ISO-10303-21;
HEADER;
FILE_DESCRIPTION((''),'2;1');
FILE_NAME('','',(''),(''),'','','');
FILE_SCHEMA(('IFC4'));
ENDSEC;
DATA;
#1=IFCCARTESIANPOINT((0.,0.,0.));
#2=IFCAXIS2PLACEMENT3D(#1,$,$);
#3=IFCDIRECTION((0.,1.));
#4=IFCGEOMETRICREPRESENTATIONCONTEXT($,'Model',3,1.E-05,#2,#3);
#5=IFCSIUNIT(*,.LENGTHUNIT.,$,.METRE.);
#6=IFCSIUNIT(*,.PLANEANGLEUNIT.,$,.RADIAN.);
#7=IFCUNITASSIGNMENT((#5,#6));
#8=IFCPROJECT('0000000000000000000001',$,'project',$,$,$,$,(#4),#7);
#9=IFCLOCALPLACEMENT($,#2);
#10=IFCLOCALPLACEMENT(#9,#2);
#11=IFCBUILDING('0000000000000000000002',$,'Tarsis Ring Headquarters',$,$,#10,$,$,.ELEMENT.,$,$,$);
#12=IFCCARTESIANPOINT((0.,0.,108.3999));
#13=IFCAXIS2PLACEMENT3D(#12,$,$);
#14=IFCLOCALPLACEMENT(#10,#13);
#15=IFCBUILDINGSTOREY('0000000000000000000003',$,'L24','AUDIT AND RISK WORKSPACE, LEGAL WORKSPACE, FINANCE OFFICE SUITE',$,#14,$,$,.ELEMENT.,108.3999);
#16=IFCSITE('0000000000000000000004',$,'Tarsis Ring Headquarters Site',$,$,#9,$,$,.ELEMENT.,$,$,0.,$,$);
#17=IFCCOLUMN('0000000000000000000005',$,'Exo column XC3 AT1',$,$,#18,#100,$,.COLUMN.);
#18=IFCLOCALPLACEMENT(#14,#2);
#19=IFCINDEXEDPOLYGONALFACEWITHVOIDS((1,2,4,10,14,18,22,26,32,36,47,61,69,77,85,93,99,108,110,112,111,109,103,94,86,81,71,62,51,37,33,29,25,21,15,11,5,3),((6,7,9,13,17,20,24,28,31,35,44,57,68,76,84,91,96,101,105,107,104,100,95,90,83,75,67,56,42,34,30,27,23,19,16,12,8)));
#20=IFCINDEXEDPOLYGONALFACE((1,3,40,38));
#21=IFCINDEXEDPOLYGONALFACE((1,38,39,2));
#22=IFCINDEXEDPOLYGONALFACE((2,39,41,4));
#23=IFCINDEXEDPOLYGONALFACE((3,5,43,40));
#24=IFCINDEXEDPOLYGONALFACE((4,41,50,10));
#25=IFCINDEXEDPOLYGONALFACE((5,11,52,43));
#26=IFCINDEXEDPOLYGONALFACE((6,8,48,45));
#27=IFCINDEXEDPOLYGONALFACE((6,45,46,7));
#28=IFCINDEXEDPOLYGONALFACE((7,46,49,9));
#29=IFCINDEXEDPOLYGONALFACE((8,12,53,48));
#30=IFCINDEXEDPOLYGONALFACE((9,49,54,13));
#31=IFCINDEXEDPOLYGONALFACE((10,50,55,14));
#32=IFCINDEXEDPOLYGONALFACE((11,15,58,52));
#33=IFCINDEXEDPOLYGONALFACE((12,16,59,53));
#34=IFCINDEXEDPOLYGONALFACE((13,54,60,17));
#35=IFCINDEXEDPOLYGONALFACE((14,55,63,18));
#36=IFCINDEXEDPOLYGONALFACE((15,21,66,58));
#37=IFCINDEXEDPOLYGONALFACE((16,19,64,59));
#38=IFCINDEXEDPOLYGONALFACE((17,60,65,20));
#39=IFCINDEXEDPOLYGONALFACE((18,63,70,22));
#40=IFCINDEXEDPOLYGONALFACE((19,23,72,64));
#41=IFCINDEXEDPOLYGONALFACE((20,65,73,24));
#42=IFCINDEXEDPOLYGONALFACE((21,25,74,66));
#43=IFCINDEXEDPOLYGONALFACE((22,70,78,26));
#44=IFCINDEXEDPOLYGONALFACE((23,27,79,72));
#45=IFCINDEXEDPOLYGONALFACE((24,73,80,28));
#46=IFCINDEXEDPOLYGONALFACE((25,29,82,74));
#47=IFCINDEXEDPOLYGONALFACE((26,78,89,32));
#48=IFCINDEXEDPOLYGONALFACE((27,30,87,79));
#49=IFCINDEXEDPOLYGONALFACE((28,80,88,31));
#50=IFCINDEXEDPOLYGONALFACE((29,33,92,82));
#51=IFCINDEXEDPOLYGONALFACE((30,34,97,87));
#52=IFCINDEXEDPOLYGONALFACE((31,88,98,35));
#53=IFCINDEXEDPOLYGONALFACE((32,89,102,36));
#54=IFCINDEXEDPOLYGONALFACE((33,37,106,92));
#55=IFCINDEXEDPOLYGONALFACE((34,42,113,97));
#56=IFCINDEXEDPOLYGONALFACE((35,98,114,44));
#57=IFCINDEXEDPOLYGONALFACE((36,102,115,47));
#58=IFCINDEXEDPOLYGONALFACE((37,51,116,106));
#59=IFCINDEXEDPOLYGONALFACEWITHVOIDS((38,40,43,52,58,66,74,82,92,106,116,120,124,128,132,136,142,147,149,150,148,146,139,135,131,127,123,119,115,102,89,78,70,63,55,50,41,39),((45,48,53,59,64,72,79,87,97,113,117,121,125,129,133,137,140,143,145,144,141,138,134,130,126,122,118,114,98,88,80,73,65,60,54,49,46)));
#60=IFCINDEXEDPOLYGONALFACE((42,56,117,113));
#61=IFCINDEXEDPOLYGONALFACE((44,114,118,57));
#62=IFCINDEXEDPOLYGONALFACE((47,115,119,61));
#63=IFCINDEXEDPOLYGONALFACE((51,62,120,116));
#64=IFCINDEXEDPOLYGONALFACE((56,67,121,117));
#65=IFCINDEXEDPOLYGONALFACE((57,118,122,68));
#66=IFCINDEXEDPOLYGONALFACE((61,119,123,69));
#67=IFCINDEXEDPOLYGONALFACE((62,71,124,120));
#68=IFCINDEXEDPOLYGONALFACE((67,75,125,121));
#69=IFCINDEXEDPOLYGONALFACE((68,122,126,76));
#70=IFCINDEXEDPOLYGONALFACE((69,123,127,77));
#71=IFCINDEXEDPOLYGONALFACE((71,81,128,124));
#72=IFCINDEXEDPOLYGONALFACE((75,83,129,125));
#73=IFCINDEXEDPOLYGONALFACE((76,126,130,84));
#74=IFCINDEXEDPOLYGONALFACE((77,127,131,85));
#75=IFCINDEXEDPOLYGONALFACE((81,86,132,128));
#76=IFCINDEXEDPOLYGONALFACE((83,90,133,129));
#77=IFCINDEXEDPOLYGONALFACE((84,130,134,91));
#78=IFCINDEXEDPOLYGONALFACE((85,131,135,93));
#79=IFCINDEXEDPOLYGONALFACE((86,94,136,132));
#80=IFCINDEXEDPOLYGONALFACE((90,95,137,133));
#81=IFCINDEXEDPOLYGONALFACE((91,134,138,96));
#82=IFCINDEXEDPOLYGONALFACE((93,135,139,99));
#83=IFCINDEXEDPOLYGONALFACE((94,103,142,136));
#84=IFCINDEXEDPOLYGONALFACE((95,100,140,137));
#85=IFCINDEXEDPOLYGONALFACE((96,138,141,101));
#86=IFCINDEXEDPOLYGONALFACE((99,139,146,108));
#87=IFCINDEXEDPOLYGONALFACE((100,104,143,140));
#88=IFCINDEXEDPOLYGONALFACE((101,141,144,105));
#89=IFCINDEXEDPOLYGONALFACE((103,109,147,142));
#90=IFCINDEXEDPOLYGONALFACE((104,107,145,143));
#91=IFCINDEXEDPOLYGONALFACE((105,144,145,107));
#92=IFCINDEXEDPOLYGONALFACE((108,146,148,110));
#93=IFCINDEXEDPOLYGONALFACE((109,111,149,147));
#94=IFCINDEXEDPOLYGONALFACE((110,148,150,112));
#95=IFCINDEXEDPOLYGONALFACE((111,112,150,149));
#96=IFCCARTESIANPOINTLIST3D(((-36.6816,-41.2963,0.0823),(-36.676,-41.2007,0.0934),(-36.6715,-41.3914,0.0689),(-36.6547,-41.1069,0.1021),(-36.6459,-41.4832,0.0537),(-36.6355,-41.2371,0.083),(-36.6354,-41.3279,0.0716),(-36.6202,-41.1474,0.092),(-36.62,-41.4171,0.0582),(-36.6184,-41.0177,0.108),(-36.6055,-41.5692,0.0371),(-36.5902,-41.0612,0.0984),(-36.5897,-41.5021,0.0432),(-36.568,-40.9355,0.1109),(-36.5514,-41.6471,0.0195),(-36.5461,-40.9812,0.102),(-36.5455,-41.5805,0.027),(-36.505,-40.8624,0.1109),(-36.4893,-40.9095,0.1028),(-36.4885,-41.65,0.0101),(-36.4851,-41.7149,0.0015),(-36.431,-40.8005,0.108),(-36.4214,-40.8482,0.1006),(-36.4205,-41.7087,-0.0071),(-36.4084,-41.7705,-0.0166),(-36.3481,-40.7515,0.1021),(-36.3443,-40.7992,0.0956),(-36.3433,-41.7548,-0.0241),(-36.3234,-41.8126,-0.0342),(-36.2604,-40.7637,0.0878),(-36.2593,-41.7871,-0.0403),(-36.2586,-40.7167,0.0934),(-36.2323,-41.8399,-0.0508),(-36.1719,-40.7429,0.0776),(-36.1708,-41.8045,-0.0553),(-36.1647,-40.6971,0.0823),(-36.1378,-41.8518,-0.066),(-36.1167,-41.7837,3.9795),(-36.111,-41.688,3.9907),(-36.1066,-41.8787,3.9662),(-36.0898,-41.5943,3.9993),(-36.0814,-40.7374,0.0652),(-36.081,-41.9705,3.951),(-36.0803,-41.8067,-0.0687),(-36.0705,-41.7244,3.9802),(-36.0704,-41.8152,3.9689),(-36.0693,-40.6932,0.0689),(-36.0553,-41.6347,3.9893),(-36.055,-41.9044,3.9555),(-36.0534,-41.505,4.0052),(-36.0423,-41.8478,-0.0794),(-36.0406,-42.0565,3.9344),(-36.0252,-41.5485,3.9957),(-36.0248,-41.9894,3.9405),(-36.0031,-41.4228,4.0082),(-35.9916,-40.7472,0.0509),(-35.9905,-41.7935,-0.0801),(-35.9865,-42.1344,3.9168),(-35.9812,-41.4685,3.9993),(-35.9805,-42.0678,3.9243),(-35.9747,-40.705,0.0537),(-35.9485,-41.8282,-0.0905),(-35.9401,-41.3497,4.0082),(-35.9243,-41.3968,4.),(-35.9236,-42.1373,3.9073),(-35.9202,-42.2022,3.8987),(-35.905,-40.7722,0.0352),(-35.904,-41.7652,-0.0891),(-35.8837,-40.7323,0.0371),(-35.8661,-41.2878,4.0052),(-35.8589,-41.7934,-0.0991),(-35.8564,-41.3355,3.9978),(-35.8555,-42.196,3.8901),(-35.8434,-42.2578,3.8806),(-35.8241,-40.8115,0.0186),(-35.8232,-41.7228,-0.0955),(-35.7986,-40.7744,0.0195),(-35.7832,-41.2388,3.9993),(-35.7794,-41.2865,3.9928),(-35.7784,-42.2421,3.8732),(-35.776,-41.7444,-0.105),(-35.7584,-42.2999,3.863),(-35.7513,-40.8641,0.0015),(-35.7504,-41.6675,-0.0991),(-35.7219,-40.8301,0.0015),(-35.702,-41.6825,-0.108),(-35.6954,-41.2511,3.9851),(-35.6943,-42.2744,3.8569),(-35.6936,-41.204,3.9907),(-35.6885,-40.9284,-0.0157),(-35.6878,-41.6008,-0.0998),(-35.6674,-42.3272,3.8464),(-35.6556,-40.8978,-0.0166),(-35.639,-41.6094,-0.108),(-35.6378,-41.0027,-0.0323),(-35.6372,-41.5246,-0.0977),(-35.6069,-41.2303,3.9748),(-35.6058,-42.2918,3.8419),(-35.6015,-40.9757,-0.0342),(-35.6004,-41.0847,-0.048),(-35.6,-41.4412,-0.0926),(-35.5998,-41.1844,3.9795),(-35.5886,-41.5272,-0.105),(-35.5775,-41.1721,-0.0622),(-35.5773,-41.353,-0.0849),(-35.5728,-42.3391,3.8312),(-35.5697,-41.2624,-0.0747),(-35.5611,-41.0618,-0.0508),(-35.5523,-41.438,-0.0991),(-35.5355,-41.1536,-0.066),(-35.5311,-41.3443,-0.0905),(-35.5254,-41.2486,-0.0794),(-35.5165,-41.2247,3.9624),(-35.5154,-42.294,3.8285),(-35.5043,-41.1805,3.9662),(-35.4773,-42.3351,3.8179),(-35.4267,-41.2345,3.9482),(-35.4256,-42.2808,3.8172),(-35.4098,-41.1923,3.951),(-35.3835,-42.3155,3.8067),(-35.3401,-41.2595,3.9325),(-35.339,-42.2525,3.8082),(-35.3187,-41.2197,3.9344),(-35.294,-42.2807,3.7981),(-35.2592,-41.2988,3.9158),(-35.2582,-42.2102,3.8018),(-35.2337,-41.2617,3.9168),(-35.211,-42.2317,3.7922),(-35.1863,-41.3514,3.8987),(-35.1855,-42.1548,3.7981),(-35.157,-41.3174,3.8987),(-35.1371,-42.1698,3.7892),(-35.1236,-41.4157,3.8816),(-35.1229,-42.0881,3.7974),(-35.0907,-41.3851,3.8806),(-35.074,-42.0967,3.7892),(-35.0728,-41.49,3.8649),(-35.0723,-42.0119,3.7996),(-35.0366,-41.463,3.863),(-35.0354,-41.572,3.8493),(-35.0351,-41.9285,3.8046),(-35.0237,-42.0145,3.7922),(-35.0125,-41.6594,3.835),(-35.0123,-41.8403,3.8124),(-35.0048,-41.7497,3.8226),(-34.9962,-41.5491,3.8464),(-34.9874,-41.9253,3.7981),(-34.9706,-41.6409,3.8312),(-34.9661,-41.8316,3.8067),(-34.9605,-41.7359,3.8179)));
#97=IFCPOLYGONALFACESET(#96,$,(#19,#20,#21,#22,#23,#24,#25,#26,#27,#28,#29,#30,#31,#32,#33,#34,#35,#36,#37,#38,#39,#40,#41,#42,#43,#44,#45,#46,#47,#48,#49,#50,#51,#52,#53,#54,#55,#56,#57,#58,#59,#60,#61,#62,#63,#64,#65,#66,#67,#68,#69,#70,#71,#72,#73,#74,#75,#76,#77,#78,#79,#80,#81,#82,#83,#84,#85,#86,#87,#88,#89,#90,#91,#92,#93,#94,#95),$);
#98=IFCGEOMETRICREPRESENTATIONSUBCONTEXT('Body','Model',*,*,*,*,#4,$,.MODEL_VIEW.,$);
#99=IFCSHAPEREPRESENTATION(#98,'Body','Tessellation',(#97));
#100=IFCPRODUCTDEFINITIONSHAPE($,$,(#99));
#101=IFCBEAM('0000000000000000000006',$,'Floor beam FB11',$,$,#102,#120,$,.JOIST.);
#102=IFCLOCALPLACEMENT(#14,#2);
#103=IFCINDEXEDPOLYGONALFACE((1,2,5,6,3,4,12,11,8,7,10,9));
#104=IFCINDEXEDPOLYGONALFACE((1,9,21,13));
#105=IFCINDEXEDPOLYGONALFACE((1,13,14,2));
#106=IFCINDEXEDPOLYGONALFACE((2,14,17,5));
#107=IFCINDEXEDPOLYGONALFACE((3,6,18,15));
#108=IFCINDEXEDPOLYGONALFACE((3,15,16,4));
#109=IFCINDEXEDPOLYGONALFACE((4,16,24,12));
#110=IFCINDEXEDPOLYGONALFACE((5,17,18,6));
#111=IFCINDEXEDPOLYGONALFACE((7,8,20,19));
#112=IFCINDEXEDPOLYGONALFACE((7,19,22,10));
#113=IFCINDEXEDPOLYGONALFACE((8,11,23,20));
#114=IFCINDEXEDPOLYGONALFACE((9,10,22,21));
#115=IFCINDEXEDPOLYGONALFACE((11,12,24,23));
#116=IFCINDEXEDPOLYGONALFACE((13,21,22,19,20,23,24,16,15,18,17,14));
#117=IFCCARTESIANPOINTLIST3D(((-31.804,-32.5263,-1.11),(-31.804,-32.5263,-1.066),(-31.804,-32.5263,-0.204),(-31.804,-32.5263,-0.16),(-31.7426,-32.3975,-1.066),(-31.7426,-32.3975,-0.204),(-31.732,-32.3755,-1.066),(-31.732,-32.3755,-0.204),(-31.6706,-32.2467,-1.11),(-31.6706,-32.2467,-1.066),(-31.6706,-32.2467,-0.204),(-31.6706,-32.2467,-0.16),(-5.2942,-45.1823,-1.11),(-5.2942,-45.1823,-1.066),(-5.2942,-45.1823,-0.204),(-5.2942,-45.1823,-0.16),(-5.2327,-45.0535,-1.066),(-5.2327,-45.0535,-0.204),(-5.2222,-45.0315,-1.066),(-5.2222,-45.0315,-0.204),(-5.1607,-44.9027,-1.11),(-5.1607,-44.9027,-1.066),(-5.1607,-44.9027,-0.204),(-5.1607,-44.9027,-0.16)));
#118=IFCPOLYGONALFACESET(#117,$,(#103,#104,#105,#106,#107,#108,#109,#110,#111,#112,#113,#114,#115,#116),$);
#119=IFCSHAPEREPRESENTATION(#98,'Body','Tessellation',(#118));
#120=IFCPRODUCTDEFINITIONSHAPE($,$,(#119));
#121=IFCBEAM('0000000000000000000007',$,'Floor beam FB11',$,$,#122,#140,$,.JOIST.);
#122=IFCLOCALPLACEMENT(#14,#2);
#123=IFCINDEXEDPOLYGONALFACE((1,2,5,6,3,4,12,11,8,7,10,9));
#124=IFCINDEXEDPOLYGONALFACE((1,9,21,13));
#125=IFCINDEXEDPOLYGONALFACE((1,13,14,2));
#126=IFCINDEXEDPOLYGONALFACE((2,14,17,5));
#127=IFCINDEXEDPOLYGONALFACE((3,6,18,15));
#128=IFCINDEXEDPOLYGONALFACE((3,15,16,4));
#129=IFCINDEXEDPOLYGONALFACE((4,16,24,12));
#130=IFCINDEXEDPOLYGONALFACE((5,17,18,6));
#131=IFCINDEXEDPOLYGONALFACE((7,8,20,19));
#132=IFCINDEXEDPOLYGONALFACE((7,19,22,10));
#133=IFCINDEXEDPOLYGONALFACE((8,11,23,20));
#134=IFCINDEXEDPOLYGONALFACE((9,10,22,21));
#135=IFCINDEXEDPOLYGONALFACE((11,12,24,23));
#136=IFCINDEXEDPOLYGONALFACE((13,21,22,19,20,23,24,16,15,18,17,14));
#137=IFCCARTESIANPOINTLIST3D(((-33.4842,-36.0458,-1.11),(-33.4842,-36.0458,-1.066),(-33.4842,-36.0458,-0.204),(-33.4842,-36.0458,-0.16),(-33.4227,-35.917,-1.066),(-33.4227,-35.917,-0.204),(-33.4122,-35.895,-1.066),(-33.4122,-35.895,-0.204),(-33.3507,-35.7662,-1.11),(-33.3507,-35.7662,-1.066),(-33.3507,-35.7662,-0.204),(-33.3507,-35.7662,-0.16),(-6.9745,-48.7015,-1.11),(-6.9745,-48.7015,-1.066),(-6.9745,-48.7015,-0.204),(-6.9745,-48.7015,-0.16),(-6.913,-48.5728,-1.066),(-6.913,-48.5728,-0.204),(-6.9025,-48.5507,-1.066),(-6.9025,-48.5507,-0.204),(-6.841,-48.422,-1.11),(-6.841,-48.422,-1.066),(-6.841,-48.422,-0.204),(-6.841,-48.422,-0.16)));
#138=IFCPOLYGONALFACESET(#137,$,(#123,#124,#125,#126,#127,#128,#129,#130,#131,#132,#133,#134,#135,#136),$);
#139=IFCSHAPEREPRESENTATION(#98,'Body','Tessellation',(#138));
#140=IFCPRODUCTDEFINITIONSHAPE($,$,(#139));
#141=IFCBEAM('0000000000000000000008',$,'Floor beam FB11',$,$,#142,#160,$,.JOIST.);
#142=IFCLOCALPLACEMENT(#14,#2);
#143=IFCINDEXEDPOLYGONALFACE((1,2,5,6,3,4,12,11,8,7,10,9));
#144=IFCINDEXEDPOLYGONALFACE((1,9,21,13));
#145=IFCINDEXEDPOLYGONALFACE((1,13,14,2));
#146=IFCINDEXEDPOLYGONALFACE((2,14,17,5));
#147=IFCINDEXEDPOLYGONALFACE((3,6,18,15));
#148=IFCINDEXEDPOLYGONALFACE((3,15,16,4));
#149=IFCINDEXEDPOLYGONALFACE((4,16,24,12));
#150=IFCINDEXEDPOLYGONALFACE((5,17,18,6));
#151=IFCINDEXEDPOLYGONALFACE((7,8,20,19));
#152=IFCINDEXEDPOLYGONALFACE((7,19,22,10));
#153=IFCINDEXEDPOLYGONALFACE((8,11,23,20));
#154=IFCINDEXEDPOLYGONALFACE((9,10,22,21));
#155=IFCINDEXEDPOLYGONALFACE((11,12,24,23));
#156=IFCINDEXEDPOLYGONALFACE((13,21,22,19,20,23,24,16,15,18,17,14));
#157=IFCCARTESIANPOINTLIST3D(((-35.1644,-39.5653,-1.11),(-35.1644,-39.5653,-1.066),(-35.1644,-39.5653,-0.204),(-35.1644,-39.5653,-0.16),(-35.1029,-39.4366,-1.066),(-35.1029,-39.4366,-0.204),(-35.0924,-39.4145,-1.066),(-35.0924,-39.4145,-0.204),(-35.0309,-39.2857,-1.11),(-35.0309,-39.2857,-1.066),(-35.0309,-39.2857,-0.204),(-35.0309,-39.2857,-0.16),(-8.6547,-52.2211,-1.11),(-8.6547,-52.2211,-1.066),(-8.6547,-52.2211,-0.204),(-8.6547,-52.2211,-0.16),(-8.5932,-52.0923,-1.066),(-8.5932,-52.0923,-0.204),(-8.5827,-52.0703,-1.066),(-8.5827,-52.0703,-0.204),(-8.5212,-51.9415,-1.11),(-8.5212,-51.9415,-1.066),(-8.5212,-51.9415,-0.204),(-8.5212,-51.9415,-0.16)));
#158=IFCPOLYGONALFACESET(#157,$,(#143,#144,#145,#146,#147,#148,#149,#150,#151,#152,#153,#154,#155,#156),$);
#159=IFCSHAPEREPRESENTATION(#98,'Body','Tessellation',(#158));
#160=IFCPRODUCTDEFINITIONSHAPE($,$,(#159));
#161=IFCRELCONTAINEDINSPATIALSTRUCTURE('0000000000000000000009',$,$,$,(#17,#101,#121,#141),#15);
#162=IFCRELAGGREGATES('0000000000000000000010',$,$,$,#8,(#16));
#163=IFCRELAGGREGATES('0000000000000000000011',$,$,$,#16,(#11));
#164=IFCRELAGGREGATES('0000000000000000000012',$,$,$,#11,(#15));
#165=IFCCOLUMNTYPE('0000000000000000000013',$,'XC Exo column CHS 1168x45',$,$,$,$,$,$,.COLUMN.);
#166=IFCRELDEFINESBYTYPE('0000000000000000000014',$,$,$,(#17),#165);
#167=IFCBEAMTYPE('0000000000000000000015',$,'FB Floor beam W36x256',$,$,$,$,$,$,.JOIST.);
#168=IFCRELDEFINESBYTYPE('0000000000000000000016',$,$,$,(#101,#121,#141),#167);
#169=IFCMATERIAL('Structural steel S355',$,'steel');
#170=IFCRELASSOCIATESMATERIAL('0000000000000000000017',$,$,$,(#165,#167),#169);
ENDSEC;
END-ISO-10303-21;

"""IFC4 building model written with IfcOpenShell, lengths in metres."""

from ifc_helpers import new_model, si_unit, direction, frame, origin, origin_2d, place, context, subcontext, project, spatial, hollow_circle, i_section, extrude, material, material_profile, profile_set, type_object, element, save


model = new_model("IFC4")

# Units and contexts
model_context = context("Model", 3, precision=1e-05, world=origin(), true_north=direction((0.0, 1.0)))
body_context = subcontext(model_context, "Body", "Model", "MODEL_VIEW")
ifc_project = project(units=[si_unit("LENGTHUNIT", "METRE"), si_unit("PLANEANGLEUNIT", "RADIAN")], contexts=[model_context])

# Site, building, storey
site_placement = place(None, origin())
site = spatial("IfcSite", under=ifc_project, at=site_placement, Name="Tarsis Ring Headquarters Site", CompositionType="ELEMENT", RefElevation=0.0)
building_placement = place(site_placement, origin())
building = spatial("IfcBuilding", under=site, at=building_placement, Name="Tarsis Ring Headquarters", CompositionType="ELEMENT")
storey_placement = place(building_placement, frame((0.0, 0.0, 108.3999)))
storey = spatial("IfcBuildingStorey", under=building, at=storey_placement, Name="L24", Description="AUDIT AND RISK WORKSPACE, LEGAL WORKSPACE, FINANCE OFFICE SUITE", CompositionType="ELEMENT", Elevation=108.3999)

# Column
ifc_material_1 = material(Name="Structural steel S355", Category="steel")
ifc_material_profile_1 = material_profile(ifc_material_1, hollow_circle(Radius=0.5842, WallThickness=0.0449, at=origin_2d()), Name="CHS 1168x45")
ifc_profile_set_1 = profile_set([ifc_material_profile_1], Name="Structural steel S355")
column_type = type_object("IfcColumnType", Name="XC Exo column CHS 1168x45", PredefinedType="COLUMN", material=ifc_profile_set_1)
column_placement = place(storey_placement, frame((-36.1035, -41.2725, 0.0015), z_axis=(0.142375, -0.122809, 0.982165), x_axis=(0.65316, 0.75722, 0.0)))
element("IfcColumn", 1, at=column_placement, inside=storey, type_object=column_type, Name="Exo column XC3 AT1", PredefinedType="COLUMN", context=body_context, shape_type="SweptSolid", body=[
    extrude(hollow_circle(Radius=0.5842, WallThickness=0.0449, at=origin_2d()), origin(), (0.0, 0.0, 1.0), 3.968),
])

# Beams
ifc_material_profile_2 = material_profile(ifc_material_1, i_section(OverallWidth=0.3098, OverallDepth=0.95, WebThickness=0.0244, FlangeThickness=0.0439, at=origin_2d()), Name="W36x256")
ifc_profile_set_2 = profile_set([ifc_material_profile_2], Name="Structural steel S355")
beam_type_1 = type_object("IfcBeamType", Name="FB Floor beam W36x256", PredefinedType="JOIST", material=ifc_profile_set_2)
beam_1_placement = place(storey_placement, frame((-31.7373, -32.3865, -0.635), z_axis=(0.902433, -0.43083, 0.0), x_axis=(0.43083, 0.902433, 0.0)))
element("IfcBeam", 2, at=beam_1_placement, inside=storey, type_object=beam_type_1, Name="Floor beam FB11", PredefinedType="JOIST", context=body_context, shape_type="SweptSolid", body=[
    extrude(i_section(OverallWidth=0.3098, OverallDepth=0.95, WebThickness=0.0244, FlangeThickness=0.0439, at=origin_2d()), origin(), (0.0, 0.0, 1.0), 29.376),
])
for number, where, z_axis, x_axis, name in (
    (3, (-33.4175, -35.906, -0.635), (0.902436, -0.430823, 0.0), (0.430823, 0.902436, 0.0), "Floor beam FB11"),
    (4, (-35.0977, -39.4255, -0.635), (0.902436, -0.430823, 0.0), (0.430823, 0.902436, 0.0), "Floor beam FB11"),
):
    element("IfcBeam", number, at=place(storey_placement, frame(where, z_axis=z_axis, x_axis=x_axis)), inside=storey, type_object=beam_type_1, Name=name, PredefinedType="JOIST", context=body_context, shape_type="SweptSolid", body=[
        extrude(i_section(OverallWidth=0.3098, OverallDepth=0.95, WebThickness=0.0244, FlangeThickness=0.0439, at=origin_2d()), origin(), (0.0, 0.0, 1.0), 29.3757),
    ])

save(model, "model.ifc")
